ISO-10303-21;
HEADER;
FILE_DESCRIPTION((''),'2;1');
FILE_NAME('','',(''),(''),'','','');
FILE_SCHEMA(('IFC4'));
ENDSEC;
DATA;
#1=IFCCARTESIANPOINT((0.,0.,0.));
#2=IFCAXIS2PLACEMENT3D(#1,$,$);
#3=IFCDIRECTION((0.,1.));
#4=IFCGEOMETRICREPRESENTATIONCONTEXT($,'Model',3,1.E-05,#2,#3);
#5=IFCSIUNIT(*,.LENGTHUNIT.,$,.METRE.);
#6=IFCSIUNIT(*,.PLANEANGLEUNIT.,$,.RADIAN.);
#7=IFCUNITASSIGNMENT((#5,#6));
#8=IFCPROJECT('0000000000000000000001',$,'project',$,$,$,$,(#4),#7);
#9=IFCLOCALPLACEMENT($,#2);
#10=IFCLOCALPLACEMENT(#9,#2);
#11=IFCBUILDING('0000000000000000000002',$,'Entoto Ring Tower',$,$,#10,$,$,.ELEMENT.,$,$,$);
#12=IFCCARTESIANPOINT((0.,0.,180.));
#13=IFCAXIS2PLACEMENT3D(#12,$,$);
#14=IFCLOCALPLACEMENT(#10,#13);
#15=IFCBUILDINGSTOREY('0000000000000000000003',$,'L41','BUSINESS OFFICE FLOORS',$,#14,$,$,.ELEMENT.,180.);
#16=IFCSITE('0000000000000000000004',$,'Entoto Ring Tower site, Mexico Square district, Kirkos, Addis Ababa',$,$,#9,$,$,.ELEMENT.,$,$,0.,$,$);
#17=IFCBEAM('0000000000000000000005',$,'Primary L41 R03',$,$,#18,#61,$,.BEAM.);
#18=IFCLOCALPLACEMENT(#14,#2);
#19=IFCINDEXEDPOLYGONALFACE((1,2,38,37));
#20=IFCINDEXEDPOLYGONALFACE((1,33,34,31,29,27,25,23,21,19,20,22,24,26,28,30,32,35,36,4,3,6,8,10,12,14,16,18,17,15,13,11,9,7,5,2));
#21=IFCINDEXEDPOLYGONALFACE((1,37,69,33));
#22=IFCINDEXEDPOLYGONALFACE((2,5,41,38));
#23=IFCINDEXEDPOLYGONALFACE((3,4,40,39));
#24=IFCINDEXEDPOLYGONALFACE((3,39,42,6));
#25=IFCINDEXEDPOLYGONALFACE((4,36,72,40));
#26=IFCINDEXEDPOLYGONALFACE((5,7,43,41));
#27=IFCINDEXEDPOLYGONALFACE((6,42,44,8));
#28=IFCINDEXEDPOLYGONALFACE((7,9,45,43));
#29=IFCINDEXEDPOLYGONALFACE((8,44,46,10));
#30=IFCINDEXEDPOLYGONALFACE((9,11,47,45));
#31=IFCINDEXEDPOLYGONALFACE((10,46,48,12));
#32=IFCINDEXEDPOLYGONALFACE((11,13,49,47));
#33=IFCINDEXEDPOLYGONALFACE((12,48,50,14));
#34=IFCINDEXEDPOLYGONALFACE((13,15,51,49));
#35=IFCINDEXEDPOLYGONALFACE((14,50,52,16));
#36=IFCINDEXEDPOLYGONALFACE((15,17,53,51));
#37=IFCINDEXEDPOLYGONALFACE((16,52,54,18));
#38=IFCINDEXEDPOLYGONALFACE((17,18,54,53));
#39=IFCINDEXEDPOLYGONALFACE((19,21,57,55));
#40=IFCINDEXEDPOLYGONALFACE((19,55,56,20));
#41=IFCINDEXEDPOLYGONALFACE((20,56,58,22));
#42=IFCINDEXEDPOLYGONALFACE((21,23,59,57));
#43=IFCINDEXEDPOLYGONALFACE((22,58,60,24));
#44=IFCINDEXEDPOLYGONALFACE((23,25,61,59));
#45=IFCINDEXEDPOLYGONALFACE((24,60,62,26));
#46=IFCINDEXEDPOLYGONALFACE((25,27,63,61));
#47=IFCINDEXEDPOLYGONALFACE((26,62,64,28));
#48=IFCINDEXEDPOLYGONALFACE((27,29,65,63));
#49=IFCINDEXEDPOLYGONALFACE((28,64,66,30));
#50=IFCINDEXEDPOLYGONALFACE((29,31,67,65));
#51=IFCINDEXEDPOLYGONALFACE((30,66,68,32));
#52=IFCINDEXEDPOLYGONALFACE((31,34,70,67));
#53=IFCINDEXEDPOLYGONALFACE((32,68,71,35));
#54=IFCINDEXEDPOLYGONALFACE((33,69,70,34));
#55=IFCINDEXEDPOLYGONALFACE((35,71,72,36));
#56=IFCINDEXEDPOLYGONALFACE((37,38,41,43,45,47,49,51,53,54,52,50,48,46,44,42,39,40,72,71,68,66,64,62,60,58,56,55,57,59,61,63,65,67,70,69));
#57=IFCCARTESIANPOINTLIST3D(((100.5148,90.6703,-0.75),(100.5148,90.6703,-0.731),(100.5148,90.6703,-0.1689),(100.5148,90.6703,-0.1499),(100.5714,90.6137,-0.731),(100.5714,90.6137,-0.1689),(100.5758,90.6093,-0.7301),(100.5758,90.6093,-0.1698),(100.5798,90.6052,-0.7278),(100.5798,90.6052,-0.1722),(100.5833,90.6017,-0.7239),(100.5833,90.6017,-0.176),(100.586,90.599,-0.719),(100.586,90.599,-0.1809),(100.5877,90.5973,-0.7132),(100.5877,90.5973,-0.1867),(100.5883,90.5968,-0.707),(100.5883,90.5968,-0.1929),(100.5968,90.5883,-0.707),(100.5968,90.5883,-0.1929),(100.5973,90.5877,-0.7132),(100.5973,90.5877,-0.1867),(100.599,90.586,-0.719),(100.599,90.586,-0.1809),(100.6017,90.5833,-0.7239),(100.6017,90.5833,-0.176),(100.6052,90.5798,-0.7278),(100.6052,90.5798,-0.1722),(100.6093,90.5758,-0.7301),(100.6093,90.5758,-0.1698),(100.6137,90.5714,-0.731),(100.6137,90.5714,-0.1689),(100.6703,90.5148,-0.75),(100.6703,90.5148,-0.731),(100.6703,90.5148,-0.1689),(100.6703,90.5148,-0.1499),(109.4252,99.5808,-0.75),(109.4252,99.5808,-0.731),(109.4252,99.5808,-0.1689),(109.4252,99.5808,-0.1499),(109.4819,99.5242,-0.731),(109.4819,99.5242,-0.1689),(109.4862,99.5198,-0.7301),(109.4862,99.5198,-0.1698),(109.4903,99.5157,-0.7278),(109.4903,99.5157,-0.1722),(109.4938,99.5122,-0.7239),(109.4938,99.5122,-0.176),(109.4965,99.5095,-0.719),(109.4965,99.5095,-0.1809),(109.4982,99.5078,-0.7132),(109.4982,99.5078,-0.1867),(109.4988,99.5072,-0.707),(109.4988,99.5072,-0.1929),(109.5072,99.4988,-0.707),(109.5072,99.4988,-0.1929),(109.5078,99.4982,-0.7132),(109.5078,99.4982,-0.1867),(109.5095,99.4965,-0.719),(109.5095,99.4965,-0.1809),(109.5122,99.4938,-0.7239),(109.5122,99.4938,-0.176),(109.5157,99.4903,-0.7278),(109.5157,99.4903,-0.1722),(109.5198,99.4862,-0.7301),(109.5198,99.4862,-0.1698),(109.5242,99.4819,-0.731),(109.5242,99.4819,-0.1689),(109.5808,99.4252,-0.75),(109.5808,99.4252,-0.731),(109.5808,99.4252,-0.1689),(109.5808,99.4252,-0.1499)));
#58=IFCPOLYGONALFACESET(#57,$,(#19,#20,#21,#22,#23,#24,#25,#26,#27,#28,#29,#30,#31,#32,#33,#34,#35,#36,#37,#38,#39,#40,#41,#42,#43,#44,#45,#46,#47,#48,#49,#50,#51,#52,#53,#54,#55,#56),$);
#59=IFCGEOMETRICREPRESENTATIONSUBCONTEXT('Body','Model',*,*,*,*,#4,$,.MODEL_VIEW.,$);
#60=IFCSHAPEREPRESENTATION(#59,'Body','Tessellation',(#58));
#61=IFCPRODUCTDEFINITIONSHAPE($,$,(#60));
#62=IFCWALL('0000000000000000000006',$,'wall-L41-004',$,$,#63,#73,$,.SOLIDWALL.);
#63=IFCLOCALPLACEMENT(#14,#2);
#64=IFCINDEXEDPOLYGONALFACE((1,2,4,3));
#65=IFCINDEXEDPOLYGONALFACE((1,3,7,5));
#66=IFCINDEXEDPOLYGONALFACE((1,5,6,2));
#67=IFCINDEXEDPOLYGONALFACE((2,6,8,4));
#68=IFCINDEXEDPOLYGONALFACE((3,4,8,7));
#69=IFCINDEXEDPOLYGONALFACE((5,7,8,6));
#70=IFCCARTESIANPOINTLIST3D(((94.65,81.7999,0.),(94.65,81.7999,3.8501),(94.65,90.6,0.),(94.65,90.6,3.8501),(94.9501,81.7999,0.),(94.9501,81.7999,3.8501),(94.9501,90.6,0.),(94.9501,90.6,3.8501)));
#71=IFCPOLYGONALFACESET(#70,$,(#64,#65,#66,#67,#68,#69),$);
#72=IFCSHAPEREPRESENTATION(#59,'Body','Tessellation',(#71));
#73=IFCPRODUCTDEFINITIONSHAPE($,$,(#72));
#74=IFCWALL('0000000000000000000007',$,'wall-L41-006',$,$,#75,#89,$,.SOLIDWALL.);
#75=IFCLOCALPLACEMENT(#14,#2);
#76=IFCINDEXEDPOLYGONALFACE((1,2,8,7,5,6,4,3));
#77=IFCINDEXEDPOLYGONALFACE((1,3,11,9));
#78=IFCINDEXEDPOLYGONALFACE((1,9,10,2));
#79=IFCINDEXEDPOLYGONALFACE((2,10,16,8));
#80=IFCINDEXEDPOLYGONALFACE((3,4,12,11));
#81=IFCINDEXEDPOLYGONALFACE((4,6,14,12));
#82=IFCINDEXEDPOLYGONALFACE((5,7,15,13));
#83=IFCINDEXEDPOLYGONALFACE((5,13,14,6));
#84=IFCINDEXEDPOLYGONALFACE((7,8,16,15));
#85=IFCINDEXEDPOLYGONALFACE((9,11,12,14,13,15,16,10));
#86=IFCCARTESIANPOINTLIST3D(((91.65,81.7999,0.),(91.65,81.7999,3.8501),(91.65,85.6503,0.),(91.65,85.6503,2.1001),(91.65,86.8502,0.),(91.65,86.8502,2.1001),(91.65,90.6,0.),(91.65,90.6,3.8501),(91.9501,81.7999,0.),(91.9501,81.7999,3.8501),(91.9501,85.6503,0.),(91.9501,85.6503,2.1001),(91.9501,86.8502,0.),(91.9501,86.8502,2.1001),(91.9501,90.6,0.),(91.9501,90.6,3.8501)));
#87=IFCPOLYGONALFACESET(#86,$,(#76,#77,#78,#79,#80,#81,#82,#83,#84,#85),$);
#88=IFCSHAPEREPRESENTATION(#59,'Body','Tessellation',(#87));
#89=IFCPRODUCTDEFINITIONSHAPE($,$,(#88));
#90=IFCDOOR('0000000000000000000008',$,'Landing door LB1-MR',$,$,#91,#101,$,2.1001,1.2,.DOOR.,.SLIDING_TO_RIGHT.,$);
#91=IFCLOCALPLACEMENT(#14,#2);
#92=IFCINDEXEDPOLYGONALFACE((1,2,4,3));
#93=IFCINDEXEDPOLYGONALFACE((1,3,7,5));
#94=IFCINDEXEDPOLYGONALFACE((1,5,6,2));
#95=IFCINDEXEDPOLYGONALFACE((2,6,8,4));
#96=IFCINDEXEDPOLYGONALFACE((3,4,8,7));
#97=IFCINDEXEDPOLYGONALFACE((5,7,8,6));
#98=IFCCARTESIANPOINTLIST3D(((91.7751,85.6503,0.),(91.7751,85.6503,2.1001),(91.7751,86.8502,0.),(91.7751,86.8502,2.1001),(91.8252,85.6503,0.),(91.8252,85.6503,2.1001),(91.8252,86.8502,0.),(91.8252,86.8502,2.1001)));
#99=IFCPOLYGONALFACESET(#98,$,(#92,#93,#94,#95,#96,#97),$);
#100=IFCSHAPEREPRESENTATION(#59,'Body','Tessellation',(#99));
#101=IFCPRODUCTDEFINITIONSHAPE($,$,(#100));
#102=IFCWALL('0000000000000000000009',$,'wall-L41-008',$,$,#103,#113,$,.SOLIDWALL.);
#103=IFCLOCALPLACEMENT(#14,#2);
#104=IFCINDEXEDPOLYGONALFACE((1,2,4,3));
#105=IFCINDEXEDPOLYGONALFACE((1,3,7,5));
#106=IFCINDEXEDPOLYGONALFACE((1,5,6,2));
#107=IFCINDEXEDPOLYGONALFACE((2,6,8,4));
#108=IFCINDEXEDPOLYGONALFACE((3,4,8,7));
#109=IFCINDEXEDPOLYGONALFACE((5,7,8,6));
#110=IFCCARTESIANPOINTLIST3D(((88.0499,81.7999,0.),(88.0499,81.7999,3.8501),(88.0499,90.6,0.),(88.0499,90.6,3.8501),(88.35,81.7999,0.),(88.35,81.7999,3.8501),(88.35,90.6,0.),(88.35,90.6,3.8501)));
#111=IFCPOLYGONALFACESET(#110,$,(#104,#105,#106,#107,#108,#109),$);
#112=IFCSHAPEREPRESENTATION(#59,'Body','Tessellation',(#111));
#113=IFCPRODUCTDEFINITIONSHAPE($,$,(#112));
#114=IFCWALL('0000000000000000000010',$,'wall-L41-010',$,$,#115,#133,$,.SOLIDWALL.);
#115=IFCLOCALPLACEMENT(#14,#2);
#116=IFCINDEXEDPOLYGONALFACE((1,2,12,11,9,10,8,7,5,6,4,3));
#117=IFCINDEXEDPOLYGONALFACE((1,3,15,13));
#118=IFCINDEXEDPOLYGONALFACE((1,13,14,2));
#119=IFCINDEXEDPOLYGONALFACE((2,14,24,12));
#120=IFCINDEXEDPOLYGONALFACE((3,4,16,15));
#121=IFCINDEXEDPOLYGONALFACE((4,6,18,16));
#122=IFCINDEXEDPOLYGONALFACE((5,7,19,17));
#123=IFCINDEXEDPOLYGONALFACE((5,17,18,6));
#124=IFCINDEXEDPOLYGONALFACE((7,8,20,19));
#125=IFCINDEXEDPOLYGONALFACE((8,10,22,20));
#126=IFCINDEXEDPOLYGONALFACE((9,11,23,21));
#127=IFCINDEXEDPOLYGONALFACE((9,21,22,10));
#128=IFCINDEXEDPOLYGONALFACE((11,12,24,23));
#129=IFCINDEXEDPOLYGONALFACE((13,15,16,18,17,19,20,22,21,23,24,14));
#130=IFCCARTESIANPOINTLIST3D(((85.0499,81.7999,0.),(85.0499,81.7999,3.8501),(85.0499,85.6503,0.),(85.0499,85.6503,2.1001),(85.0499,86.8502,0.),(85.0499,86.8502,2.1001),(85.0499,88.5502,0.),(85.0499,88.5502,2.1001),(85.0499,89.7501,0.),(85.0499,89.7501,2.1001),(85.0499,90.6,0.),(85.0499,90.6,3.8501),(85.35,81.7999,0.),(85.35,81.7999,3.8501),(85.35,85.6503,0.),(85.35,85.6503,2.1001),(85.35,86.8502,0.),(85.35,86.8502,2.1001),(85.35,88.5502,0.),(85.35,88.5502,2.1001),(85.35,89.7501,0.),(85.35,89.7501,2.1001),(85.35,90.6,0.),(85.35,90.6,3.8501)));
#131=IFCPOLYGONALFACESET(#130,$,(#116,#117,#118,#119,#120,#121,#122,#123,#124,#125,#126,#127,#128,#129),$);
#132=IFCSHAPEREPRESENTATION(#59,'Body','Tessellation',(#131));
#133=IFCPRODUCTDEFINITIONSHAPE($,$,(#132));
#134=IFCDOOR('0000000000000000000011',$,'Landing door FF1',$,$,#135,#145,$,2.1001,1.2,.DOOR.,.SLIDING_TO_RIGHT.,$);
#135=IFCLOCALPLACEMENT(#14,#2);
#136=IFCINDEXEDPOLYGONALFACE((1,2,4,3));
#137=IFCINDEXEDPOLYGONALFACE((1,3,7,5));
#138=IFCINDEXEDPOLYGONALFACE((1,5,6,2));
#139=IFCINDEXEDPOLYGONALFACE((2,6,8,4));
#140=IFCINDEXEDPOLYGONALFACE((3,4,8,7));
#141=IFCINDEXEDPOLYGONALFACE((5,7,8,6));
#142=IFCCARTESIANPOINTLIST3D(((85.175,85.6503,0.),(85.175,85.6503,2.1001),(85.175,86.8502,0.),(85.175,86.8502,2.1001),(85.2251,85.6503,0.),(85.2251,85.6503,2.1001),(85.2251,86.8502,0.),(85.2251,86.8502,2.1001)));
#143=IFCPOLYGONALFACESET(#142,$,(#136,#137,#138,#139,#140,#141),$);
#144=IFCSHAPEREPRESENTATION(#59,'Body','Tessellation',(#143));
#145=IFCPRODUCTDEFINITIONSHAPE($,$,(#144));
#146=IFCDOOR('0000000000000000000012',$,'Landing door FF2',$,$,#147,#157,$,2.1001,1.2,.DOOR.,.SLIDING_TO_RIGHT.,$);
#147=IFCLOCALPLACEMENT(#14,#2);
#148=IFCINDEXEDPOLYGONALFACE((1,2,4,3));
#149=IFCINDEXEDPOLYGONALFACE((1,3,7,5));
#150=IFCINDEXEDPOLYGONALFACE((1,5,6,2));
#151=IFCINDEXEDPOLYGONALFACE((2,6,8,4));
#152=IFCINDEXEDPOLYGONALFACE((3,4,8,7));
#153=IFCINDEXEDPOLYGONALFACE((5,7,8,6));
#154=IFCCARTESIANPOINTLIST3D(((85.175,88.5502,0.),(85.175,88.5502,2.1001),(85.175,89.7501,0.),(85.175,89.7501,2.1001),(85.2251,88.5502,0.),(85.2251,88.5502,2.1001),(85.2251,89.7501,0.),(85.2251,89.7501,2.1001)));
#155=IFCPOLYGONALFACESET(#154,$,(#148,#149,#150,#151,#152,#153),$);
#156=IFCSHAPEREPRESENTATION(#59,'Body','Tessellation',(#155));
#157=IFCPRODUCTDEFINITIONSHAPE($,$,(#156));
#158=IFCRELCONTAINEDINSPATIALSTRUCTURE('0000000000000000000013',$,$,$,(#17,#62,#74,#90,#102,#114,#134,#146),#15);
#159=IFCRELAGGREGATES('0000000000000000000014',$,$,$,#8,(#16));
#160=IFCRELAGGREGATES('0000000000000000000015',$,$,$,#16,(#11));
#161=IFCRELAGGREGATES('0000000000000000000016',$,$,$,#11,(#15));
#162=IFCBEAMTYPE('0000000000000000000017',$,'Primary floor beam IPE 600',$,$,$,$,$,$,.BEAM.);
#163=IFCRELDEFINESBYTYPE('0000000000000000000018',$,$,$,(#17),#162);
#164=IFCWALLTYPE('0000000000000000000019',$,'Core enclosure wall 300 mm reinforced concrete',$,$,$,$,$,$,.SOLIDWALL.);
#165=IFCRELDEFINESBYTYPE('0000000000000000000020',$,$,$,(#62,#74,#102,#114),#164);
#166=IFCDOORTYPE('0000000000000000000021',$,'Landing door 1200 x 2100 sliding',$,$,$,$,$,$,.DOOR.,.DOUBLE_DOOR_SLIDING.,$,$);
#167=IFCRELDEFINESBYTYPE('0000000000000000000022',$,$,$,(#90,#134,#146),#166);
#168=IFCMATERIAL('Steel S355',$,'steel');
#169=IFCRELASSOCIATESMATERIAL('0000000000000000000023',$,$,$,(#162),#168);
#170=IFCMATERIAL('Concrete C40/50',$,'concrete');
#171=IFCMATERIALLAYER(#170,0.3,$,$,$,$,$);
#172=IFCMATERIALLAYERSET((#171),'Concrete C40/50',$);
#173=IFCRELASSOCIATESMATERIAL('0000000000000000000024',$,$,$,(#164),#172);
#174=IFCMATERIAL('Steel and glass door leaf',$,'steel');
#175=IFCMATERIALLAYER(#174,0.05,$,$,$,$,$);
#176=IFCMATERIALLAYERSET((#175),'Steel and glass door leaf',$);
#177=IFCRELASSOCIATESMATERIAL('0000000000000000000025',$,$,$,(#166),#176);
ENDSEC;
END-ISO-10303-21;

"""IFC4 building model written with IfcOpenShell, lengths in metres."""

from ifc_helpers import new_model, si_unit, direction, frame, frame_2d, origin, origin_2d, place, context, subcontext, project, spatial, rectangle, i_section, extrude, material, layer, layer_set, material_profile, profile_set, type_object, element, fill, save


model = new_model("IFC4")

# Units and contexts
model_context = context("Model", 3, precision=1e-05, world=origin(), true_north=direction((0.0, 1.0)))
body_context = subcontext(model_context, "Body", "Model", "MODEL_VIEW")
ifc_project = project(units=[si_unit("LENGTHUNIT", "METRE"), si_unit("PLANEANGLEUNIT", "RADIAN")], contexts=[model_context])

# Site, building, storey
site_placement = place(None, origin())
site = spatial("IfcSite", under=ifc_project, at=site_placement, Name="Entoto Ring Tower site, Mexico Square district, Kirkos, Addis Ababa", CompositionType="ELEMENT", RefElevation=0.0)
building_placement = place(site_placement, origin())
building = spatial("IfcBuilding", under=site, at=building_placement, Name="Entoto Ring Tower", CompositionType="ELEMENT")
storey_placement = place(building_placement, frame((0.0, 0.0, 180.0)))
storey = spatial("IfcBuildingStorey", under=building, at=storey_placement, Name="L41", Description="BUSINESS OFFICE FLOORS", CompositionType="ELEMENT", Elevation=180.0)

# Beam
ifc_material_1 = material(Name="Steel S355", Category="steel")
ifc_material_profile = material_profile(ifc_material_1, i_section(OverallWidth=0.22, OverallDepth=0.6001, WebThickness=0.012, FlangeThickness=0.019, FilletRadius=0.0239, at=origin_2d()), Name="IPE 600")
ifc_profile_set = profile_set([ifc_material_profile], Name="Steel S355")
beam_type = type_object("IfcBeamType", Name="Primary floor beam IPE 600", PredefinedType="BEAM", material=ifc_profile_set)
beam_placement = place(storey_placement, frame((100.5925, 90.5925, -0.45), z_axis=(0.707107, 0.707107, 0.0), x_axis=(-0.707107, 0.707107, 0.0)))
element("IfcBeam", 1, at=beam_placement, inside=storey, type_object=beam_type, Name="Primary L41 R03", PredefinedType="BEAM", context=body_context, shape_type="SweptSolid", body=[
    extrude(i_section(OverallWidth=0.22, OverallDepth=0.6001, WebThickness=0.012, FlangeThickness=0.019, FilletRadius=0.0239, at=origin_2d()), origin(), (0.0, 0.0, 1.0), 12.6013),
])

# Wall
ifc_material_2 = material(Name="Concrete C40/50", Category="concrete")
ifc_layer_1 = layer(ifc_material_2, 0.3)
ifc_layer_set_1 = layer_set([ifc_layer_1], Name="Concrete C40/50")
wall_type = type_object("IfcWallType", Name="Core enclosure wall 300 mm reinforced concrete", PredefinedType="SOLIDWALL", material=ifc_layer_set_1)
wall_1_placement = place(storey_placement, frame((94.8, 81.8, 0.0), z_axis=(0.0, 0.0, 1.0), x_axis=(0.0, 1.0, 0.0)))
element("IfcWall", 2, at=wall_1_placement, inside=storey, type_object=wall_type, Name="wall-L41-004", PredefinedType="SOLIDWALL", context=body_context, shape_type="SweptSolid", body=[
    extrude(rectangle(XDim=8.8, YDim=0.3, at=frame_2d((4.3999, 0.0))), origin(), (0.0, 0.0, 1.0), 3.8501),
])

# Wall, opening, door
wall_2_placement = place(storey_placement, frame((91.8, 81.8, 0.0), z_axis=(0.0, 0.0, 1.0), x_axis=(0.0, 1.0, 0.0)))
wall_2 = element("IfcWall", 3, at=wall_2_placement, inside=storey, type_object=wall_type, Name="wall-L41-006", PredefinedType="SOLIDWALL", context=body_context, shape_type="SweptSolid", body=[
    extrude(rectangle(XDim=8.8, YDim=0.3, at=frame_2d((4.3999, 0.0))), origin(), (0.0, 0.0, 1.0), 3.8501),
])
opening_1_placement = place(wall_2_placement, frame((3.8501, 0.0, 0.0)))
opening_1 = element("IfcOpeningElement", 4, at=opening_1_placement, cuts=wall_2, PredefinedType="OPENING", context=body_context, shape_type="SweptSolid", body=[
    extrude(rectangle(XDim=1.2, YDim=2.1001, at=frame_2d((0.6001, 1.05))), frame((0.0, 0.1602, 0.0), z_axis=(0.0, -1.0, 0.0), x_axis=(1.0, 0.0, 0.0)), (0.0, 0.0, 1.0), 0.3201),
])
ifc_material_3 = material(Name="Steel and glass door leaf", Category="steel")
ifc_layer_2 = layer(ifc_material_3, 0.05)
ifc_layer_set_2 = layer_set([ifc_layer_2], Name="Steel and glass door leaf")
door_type_1 = type_object("IfcDoorType", Name="Landing door 1200 x 2100 sliding", OperationType="DOUBLE_DOOR_SLIDING", PredefinedType="DOOR", material=ifc_layer_set_2)
door_1_placement = place(opening_1_placement, origin())
door_1 = element("IfcDoor", 5, at=door_1_placement, inside=storey, type_object=door_type_1, Name="Landing door LB1-MR", OperationType="SLIDING_TO_RIGHT", OverallHeight=2.1001, OverallWidth=1.2, PredefinedType="DOOR", context=body_context, shape_type="SweptSolid", body=[
    extrude(rectangle(XDim=1.2, YDim=2.1001, at=frame_2d((0.6001, 1.05))), frame((0.0, 0.0249, 0.0), z_axis=(0.0, -1.0, 0.0), x_axis=(1.0, 0.0, 0.0)), (0.0, 0.0, 1.0), 0.05),
])
fill(opening_1, door_1)

# Wall
wall_3_placement = place(storey_placement, frame((88.2, 81.8, 0.0), z_axis=(0.0, 0.0, 1.0), x_axis=(0.0, 1.0, 0.0)))
element("IfcWall", 6, at=wall_3_placement, inside=storey, type_object=wall_type, Name="wall-L41-008", PredefinedType="SOLIDWALL", context=body_context, shape_type="SweptSolid", body=[
    extrude(rectangle(XDim=8.8, YDim=0.3, at=frame_2d((4.3999, 0.0))), origin(), (0.0, 0.0, 1.0), 3.8501),
])

# Wall, openings, doors
wall_4_placement = place(storey_placement, frame((85.2, 81.8, 0.0), z_axis=(0.0, 0.0, 1.0), x_axis=(0.0, 1.0, 0.0)))
wall_4 = element("IfcWall", 7, at=wall_4_placement, inside=storey, type_object=wall_type, Name="wall-L41-010", PredefinedType="SOLIDWALL", context=body_context, shape_type="SweptSolid", body=[
    extrude(rectangle(XDim=8.8, YDim=0.3, at=frame_2d((4.3999, 0.0))), origin(), (0.0, 0.0, 1.0), 3.8501),
])
opening_2_placement = place(wall_4_placement, frame((3.8501, 0.0, 0.0)))
opening_2 = element("IfcOpeningElement", 8, at=opening_2_placement, cuts=wall_4, PredefinedType="OPENING", context=body_context, shape_type="SweptSolid", body=[
    extrude(rectangle(XDim=1.2, YDim=2.1001, at=frame_2d((0.6001, 1.05))), frame((0.0, 0.1602, 0.0), z_axis=(0.0, -1.0, 0.0), x_axis=(1.0, 0.0, 0.0)), (0.0, 0.0, 1.0), 0.3201),
])
opening_3_placement = place(wall_4_placement, frame((6.75, 0.0, 0.0)))
opening_3 = element("IfcOpeningElement", 9, at=opening_3_placement, cuts=wall_4, PredefinedType="OPENING", context=body_context, shape_type="SweptSolid", body=[
    extrude(rectangle(XDim=1.2, YDim=2.1001, at=frame_2d((0.6001, 1.05))), frame((0.0, 0.1602, 0.0), z_axis=(0.0, -1.0, 0.0), x_axis=(1.0, 0.0, 0.0)), (0.0, 0.0, 1.0), 0.3201),
])
door_2_placement = place(opening_2_placement, origin())
door_2 = element("IfcDoor", 10, at=door_2_placement, inside=storey, type_object=door_type_1, Name="Landing door FF1", OperationType="SLIDING_TO_RIGHT", OverallHeight=2.1001, OverallWidth=1.2, PredefinedType="DOOR", context=body_context, shape_type="SweptSolid", body=[
    extrude(rectangle(XDim=1.2, YDim=2.1001, at=frame_2d((0.6001, 1.05))), frame((0.0, 0.0249, 0.0), z_axis=(0.0, -1.0, 0.0), x_axis=(1.0, 0.0, 0.0)), (0.0, 0.0, 1.0), 0.05),
])
fill(opening_2, door_2)
door_3_placement = place(opening_3_placement, origin())
door_3 = element("IfcDoor", 11, at=door_3_placement, inside=storey, type_object=door_type_1, Name="Landing door FF2", OperationType="SLIDING_TO_RIGHT", OverallHeight=2.1001, OverallWidth=1.2, PredefinedType="DOOR", context=body_context, shape_type="SweptSolid", body=[
    extrude(rectangle(XDim=1.2, YDim=2.1001, at=frame_2d((0.6001, 1.05))), frame((0.0, 0.0249, 0.0), z_axis=(0.0, -1.0, 0.0), x_axis=(1.0, 0.0, 0.0)), (0.0, 0.0, 1.0), 0.05),
])
fill(opening_3, door_3)

save(model, "model.ifc")
